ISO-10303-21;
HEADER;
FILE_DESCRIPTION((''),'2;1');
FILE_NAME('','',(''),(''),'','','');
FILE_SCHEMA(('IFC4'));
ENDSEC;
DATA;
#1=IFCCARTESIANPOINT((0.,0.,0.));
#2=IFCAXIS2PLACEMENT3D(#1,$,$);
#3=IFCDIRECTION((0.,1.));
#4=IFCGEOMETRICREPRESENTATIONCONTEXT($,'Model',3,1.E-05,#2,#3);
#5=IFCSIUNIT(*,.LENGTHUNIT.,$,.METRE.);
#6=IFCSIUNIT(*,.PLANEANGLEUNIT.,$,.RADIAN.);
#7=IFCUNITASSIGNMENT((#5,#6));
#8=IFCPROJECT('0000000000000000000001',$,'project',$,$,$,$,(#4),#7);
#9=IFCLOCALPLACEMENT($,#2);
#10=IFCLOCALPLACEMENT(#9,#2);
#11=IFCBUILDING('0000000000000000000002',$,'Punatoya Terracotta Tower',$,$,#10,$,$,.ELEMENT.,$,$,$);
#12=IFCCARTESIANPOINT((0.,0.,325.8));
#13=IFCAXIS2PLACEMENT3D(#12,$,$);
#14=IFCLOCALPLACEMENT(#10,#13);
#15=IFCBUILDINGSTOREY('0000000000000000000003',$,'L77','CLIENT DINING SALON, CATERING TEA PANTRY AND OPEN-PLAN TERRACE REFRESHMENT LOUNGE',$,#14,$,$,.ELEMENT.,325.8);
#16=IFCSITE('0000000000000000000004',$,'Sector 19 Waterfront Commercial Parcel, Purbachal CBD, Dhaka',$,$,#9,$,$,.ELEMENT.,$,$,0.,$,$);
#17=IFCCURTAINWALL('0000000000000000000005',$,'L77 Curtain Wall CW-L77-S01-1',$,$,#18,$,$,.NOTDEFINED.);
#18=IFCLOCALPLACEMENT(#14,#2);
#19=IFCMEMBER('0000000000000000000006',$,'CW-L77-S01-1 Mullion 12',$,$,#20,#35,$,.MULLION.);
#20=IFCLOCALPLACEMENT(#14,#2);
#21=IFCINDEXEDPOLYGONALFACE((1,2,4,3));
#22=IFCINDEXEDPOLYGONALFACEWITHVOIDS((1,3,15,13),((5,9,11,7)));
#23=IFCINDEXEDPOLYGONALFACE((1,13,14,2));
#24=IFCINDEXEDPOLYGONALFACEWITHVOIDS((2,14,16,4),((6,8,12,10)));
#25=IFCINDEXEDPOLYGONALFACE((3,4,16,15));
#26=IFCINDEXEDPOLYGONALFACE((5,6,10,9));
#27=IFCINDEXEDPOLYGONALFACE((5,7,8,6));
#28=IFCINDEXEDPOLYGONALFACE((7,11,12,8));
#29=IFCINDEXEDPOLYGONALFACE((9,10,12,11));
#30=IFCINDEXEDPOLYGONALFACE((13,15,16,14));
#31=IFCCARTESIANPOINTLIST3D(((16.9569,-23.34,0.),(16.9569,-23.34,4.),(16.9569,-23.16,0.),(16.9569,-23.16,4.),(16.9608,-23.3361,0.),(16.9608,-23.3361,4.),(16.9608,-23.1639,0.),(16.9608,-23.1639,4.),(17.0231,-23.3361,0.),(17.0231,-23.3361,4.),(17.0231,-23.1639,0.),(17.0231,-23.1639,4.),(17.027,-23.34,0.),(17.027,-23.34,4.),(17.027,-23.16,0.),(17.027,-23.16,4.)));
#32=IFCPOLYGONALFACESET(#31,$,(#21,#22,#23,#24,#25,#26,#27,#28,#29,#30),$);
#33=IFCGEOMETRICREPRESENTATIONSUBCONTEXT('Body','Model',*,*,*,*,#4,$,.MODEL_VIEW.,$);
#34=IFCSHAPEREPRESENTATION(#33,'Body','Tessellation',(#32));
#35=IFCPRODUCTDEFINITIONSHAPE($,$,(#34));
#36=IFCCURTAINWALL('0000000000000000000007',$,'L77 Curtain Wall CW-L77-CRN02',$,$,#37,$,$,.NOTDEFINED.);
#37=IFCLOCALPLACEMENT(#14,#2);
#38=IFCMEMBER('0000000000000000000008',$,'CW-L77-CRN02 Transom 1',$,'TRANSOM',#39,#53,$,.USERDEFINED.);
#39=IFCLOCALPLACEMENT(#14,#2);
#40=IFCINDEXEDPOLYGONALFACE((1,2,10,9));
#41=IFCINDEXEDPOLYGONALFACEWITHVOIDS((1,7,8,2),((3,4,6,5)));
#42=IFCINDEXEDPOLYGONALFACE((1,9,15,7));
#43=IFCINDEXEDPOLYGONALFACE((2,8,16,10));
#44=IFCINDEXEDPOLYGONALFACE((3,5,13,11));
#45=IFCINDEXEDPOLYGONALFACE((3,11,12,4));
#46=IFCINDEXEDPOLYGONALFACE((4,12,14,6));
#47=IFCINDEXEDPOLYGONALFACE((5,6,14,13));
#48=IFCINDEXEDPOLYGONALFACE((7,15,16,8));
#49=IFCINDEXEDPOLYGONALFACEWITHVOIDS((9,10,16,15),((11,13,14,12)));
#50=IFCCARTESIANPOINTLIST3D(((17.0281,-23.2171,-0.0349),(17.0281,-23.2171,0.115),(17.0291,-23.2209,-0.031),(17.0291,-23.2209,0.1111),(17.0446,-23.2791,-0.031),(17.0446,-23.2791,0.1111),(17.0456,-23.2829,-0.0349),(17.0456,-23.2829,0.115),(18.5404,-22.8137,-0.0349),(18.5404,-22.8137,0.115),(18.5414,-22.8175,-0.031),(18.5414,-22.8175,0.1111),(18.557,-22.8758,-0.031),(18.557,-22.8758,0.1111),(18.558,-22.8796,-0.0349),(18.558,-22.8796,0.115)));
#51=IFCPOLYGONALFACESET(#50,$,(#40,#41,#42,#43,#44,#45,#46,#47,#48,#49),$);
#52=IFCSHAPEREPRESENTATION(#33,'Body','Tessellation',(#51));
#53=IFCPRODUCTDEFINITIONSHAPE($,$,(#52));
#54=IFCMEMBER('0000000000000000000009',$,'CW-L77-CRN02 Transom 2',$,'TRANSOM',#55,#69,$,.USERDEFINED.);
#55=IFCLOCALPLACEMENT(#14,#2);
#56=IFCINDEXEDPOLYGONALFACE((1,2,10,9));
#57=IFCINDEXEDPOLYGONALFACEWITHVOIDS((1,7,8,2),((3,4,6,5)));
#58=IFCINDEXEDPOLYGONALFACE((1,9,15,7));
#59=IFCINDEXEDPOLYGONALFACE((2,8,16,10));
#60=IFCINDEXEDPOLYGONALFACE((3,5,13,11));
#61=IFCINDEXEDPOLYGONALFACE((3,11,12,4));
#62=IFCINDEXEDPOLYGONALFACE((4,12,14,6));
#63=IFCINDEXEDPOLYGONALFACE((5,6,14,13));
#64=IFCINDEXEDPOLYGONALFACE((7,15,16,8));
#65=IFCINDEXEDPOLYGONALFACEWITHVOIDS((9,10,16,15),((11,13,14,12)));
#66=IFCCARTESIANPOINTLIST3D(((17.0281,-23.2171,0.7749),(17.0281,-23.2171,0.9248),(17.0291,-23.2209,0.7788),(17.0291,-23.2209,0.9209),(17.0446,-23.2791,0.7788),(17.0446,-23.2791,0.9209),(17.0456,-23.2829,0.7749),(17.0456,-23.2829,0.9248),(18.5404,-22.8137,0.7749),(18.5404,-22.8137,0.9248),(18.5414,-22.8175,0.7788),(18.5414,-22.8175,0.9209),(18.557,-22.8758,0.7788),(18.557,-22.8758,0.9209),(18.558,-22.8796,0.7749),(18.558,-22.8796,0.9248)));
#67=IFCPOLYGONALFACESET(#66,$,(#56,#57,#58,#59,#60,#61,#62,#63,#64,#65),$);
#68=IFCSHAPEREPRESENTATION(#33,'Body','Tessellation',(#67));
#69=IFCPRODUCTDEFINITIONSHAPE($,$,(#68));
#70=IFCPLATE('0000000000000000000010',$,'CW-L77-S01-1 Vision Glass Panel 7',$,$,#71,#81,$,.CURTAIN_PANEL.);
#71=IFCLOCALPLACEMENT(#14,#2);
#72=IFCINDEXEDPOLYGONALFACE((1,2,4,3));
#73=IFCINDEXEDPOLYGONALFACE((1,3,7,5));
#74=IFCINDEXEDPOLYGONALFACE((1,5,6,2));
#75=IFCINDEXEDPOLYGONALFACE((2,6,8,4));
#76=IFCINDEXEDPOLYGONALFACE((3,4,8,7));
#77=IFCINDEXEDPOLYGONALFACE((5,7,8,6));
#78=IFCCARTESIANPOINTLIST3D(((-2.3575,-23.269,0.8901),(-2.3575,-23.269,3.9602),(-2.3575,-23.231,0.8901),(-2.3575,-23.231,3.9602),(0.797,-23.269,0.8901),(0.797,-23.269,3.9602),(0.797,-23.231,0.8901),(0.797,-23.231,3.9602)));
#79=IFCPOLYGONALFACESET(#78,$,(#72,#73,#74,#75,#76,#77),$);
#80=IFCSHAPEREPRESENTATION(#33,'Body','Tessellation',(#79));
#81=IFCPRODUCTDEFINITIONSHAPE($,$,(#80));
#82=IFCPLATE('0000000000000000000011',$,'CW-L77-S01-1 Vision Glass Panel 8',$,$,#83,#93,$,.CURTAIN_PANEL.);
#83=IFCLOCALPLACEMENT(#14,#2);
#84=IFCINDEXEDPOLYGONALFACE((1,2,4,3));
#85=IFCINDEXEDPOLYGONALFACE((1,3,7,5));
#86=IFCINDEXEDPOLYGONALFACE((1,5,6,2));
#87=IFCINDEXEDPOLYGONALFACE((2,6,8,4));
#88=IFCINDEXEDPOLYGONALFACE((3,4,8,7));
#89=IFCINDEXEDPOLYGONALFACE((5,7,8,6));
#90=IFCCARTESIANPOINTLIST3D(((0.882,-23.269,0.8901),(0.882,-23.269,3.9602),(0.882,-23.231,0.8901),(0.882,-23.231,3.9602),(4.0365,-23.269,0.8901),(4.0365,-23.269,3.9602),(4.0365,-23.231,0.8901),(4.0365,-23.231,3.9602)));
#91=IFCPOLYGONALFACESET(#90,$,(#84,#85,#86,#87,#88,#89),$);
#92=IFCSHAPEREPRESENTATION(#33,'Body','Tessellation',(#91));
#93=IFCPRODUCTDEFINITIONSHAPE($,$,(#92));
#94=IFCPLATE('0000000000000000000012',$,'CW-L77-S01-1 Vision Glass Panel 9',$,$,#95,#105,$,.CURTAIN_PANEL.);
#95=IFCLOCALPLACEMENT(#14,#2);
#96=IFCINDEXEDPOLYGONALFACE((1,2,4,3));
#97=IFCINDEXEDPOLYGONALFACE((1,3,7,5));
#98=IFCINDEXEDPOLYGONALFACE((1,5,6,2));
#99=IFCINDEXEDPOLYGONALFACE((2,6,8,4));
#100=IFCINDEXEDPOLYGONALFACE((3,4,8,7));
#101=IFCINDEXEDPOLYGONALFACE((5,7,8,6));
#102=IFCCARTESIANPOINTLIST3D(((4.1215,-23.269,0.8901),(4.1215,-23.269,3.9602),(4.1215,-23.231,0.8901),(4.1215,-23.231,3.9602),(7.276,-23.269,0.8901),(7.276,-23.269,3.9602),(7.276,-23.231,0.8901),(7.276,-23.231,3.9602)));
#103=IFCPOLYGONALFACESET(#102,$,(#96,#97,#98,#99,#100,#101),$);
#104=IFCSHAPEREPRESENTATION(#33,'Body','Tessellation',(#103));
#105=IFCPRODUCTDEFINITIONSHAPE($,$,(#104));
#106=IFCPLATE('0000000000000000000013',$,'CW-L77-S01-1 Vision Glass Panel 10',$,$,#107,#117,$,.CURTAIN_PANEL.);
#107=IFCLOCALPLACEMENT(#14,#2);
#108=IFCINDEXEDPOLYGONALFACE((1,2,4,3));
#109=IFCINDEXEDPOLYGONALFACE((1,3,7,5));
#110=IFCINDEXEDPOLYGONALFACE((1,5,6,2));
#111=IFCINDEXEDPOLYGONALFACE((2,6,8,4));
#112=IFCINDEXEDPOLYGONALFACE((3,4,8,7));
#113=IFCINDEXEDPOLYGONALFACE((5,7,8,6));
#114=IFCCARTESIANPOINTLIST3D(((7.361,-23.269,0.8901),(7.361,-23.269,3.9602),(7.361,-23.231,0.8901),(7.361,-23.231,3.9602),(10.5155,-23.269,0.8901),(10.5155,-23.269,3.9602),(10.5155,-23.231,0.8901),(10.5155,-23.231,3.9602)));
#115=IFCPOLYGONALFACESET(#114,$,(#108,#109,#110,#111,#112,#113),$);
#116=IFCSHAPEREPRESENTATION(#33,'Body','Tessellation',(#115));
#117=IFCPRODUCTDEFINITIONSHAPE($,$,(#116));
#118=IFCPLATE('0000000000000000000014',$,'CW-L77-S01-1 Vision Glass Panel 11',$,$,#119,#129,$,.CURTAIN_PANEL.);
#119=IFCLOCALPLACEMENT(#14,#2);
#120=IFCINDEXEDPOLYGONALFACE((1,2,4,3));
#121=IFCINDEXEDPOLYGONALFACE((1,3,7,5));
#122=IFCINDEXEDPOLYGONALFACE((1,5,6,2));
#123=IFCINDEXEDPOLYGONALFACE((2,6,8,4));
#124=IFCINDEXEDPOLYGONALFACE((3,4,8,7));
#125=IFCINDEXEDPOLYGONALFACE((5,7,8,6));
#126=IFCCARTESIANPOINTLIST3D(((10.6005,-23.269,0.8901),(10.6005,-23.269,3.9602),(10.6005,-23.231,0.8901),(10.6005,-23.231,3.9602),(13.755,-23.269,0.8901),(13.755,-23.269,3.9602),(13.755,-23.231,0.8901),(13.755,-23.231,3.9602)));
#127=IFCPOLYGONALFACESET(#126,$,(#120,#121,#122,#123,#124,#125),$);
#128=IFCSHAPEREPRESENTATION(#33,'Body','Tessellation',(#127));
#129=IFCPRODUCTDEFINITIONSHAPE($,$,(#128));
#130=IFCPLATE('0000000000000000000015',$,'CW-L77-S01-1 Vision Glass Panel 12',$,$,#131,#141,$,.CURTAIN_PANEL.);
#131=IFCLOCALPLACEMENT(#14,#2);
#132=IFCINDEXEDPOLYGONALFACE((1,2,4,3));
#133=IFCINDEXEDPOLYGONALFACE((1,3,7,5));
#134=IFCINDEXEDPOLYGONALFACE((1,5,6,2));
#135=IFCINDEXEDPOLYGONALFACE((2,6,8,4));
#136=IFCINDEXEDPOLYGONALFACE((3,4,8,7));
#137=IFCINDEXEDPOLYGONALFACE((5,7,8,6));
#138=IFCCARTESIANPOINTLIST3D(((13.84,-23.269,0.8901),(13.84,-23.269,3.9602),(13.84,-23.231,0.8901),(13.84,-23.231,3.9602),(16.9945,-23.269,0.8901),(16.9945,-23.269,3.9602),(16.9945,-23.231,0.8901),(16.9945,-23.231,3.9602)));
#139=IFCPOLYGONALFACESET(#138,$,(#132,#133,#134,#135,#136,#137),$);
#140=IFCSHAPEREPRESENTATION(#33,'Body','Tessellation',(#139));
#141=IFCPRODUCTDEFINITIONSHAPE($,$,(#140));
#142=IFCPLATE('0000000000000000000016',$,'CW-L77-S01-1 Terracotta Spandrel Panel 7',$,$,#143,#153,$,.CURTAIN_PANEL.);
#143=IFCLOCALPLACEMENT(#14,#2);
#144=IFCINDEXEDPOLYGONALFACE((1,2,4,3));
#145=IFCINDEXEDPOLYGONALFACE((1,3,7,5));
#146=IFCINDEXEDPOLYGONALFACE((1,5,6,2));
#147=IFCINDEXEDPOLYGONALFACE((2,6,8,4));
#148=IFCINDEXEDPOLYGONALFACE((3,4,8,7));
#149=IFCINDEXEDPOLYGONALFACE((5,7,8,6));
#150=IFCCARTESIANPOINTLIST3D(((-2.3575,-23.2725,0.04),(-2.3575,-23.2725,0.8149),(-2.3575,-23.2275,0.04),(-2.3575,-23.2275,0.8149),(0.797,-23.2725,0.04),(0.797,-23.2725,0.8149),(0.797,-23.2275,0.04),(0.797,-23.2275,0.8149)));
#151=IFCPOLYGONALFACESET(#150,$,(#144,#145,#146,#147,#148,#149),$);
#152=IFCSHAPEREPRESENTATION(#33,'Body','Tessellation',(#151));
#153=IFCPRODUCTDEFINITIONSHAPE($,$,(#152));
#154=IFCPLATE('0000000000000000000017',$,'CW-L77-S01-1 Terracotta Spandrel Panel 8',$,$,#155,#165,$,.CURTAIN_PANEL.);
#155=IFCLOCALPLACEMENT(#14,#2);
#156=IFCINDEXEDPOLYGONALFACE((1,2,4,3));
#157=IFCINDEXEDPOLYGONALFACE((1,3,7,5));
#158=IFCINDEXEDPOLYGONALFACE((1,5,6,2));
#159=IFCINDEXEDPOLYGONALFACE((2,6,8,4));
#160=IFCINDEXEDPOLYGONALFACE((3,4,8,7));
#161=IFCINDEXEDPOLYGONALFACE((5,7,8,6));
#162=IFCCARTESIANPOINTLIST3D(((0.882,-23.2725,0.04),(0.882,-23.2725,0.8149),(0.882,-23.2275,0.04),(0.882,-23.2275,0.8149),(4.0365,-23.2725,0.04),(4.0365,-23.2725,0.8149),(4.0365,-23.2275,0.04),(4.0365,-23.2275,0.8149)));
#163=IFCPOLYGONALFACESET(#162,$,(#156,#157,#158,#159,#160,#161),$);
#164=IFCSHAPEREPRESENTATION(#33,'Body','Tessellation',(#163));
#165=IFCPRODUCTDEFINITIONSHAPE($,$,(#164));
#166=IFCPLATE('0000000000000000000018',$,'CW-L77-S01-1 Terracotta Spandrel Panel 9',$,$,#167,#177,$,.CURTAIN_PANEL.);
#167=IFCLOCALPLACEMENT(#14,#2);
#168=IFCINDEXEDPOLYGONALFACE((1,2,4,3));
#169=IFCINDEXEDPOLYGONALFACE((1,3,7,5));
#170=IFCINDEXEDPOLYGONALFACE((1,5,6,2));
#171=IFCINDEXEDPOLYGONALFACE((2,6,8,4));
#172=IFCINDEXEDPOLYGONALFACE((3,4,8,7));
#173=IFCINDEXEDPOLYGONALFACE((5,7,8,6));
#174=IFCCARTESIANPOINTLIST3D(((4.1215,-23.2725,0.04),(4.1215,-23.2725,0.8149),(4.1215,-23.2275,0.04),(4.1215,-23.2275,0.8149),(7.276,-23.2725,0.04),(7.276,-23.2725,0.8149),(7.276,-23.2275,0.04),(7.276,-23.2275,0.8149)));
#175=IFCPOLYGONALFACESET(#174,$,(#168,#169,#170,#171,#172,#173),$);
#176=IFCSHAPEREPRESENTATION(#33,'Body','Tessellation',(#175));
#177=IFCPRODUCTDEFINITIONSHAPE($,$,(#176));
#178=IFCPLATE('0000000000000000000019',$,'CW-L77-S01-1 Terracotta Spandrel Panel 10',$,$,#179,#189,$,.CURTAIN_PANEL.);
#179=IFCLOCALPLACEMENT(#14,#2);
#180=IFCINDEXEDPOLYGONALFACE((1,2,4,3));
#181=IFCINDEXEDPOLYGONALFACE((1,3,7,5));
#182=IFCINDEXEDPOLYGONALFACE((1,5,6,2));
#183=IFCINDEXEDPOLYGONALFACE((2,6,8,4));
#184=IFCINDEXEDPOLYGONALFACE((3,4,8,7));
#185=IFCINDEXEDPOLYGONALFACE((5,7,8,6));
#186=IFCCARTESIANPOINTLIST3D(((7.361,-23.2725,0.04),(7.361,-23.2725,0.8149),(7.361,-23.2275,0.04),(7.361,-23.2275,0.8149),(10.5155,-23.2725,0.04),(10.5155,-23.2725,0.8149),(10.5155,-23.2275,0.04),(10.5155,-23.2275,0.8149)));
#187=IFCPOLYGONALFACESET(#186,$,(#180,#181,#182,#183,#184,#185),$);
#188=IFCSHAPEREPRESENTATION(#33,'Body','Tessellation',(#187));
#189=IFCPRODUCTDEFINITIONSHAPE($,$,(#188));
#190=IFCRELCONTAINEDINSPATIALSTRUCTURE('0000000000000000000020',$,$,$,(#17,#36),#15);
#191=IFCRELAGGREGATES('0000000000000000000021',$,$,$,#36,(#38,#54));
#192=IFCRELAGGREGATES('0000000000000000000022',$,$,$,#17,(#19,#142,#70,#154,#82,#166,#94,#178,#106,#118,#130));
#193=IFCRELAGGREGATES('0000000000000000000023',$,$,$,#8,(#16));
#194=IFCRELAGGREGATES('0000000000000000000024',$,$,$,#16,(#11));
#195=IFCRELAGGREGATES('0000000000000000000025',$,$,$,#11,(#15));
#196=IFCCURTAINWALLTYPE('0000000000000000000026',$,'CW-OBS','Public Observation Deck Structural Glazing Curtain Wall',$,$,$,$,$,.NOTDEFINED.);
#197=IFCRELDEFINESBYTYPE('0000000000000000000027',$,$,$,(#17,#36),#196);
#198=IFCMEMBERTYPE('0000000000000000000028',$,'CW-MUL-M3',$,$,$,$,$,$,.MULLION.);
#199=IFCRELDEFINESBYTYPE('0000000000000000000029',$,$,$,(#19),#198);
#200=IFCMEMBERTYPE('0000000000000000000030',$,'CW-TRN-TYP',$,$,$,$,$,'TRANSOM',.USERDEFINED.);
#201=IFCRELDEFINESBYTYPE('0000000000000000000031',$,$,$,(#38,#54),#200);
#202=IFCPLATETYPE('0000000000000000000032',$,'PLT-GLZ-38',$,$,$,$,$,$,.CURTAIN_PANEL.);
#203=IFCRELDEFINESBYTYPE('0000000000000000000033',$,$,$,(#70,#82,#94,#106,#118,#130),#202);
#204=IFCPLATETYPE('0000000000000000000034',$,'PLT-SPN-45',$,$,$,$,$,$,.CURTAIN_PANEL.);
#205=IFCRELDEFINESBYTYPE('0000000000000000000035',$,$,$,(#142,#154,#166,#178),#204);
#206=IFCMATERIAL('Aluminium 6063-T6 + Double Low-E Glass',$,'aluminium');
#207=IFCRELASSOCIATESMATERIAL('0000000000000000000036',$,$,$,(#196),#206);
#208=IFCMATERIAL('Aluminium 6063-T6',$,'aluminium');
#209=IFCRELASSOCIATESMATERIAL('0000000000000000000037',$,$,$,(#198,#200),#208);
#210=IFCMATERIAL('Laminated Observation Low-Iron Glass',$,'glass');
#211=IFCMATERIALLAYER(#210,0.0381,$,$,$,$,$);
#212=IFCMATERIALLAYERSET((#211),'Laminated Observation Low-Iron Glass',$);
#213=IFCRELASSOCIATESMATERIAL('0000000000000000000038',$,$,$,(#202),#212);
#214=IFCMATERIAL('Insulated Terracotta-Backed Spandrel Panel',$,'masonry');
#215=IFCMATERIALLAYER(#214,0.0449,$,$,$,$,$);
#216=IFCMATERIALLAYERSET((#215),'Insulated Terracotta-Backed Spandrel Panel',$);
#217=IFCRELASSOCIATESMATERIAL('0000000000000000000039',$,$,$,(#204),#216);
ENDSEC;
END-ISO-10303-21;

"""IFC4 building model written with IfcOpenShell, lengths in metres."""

from ifc_helpers import new_model, si_unit, direction, frame, origin, origin_2d, place, context, subcontext, project, spatial, rectangle, hollow_rectangle, extrude, material, layer, layer_set, material_profile, profile_set, type_object, element, aggregate, save


model = new_model("IFC4")

# Units and contexts
model_context = context("Model", 3, precision=1e-05, world=origin(), true_north=direction((0.0, 1.0)))
body_context = subcontext(model_context, "Body", "Model", "MODEL_VIEW")
ifc_project = project(units=[si_unit("LENGTHUNIT", "METRE"), si_unit("PLANEANGLEUNIT", "RADIAN")], contexts=[model_context])

# Site, building, storey
site_placement = place(None, origin())
site = spatial("IfcSite", under=ifc_project, at=site_placement, Name="Sector 19 Waterfront Commercial Parcel, Purbachal CBD, Dhaka", CompositionType="ELEMENT", RefElevation=0.0)
building_placement = place(site_placement, origin())
building = spatial("IfcBuilding", under=site, at=building_placement, Name="Punatoya Terracotta Tower", CompositionType="ELEMENT")
storey_placement = place(building_placement, frame((0.0, 0.0, 325.8)))
storey = spatial("IfcBuildingStorey", under=building, at=storey_placement, Name="L77", Description="CLIENT DINING SALON, CATERING TEA PANTRY AND OPEN-PLAN TERRACE REFRESHMENT LOUNGE", CompositionType="ELEMENT", Elevation=325.8)

# Curtain walls, members
ifc_material_1 = material(Name="Aluminium 6063-T6 + Double Low-E Glass", Category="aluminium")
curtain_wall_type = type_object("IfcCurtainWallType", Name="CW-OBS", Description="Public Observation Deck Structural Glazing Curtain Wall", PredefinedType="NOTDEFINED", material=ifc_material_1)
curtain_wall_1_placement = place(storey_placement, origin())
curtain_wall_1 = element("IfcCurtainWall", 1, at=curtain_wall_1_placement, inside=storey, type_object=curtain_wall_type, Name="L77 Curtain Wall CW-L77-S01-1", PredefinedType="NOTDEFINED")
ifc_material_2 = material(Name="Aluminium 6063-T6", Category="aluminium")
ifc_material_profile_1 = material_profile(ifc_material_2, hollow_rectangle(XDim=0.0701, YDim=0.1799, WallThickness=0.0039, at=origin_2d()))
ifc_profile_set_1 = profile_set([ifc_material_profile_1], Name="Aluminium 6063-T6")
member_type_1 = type_object("IfcMemberType", Name="CW-MUL-M3", PredefinedType="MULLION", material=ifc_profile_set_1)
member_1_placement = place(storey_placement, frame((16.9919, -23.25, 0.0), z_axis=(0.0, 0.0, 1.0), x_axis=(1.0, 0.0, 0.0)))
member_1 = element("IfcMember", 2, at=member_1_placement, type_object=member_type_1, Name="CW-L77-S01-1 Mullion 12", PredefinedType="MULLION", context=body_context, shape_type="SweptSolid", body=[
    extrude(hollow_rectangle(XDim=0.0701, YDim=0.1799, WallThickness=0.0039, at=origin_2d()), origin(), (0.0, 0.0, 1.0), 4.0),
])
curtain_wall_2_placement = place(storey_placement, origin())
curtain_wall_2 = element("IfcCurtainWall", 3, at=curtain_wall_2_placement, inside=storey, type_object=curtain_wall_type, Name="L77 Curtain Wall CW-L77-CRN02", PredefinedType="NOTDEFINED")
ifc_material_profile_2 = material_profile(ifc_material_2, hollow_rectangle(XDim=0.0681, YDim=0.1499, WallThickness=0.0039, at=origin_2d()))
ifc_profile_set_2 = profile_set([ifc_material_profile_2], Name="Aluminium 6063-T6")
member_type_2 = type_object("IfcMemberType", Name="CW-TRN-TYP", ElementType="TRANSOM", PredefinedType="USERDEFINED", material=ifc_profile_set_2)
member_2_placement = place(storey_placement, frame((17.0369, -23.25, 0.04), z_axis=(0.966225, 0.257701, 0.0), x_axis=(-0.257701, 0.966225, 0.0)))
member_2 = element("IfcMember", 4, at=member_2_placement, type_object=member_type_2, Name="CW-L77-CRN02 Transom 1", ObjectType="TRANSOM", PredefinedType="USERDEFINED", context=body_context, shape_type="SweptSolid", body=[
    extrude(hollow_rectangle(XDim=0.0681, YDim=0.1499, WallThickness=0.0039, at=origin_2d()), origin(), (0.0, 0.0, 1.0), 1.5652),
])
member_3_placement = place(storey_placement, frame((17.0369, -23.25, 0.8499), z_axis=(0.966225, 0.257701, 0.0), x_axis=(-0.257701, 0.966225, 0.0)))
member_3 = element("IfcMember", 5, at=member_3_placement, type_object=member_type_2, Name="CW-L77-CRN02 Transom 2", ObjectType="TRANSOM", PredefinedType="USERDEFINED", context=body_context, shape_type="SweptSolid", body=[
    extrude(hollow_rectangle(XDim=0.0681, YDim=0.1499, WallThickness=0.0039, at=origin_2d()), origin(), (0.0, 0.0, 1.0), 1.5652),
])
aggregate(curtain_wall_2, [member_2, member_3])

# Plates
ifc_material_3 = material(Name="Laminated Observation Low-Iron Glass", Category="glass")
ifc_layer_1 = layer(ifc_material_3, 0.0381)
ifc_layer_set_1 = layer_set([ifc_layer_1], Name="Laminated Observation Low-Iron Glass")
plate_type_1 = type_object("IfcPlateType", Name="PLT-GLZ-38", PredefinedType="CURTAIN_PANEL", material=ifc_layer_set_1)
plate_1_placement = place(storey_placement, frame((-0.7803, -23.25, 0.8901), z_axis=(0.0, 0.0, 1.0), x_axis=(1.0, 0.0, 0.0)))
plate_1 = element("IfcPlate", 6, at=plate_1_placement, type_object=plate_type_1, Name="CW-L77-S01-1 Vision Glass Panel 7", PredefinedType="CURTAIN_PANEL", context=body_context, shape_type="SweptSolid", body=[
    extrude(rectangle(XDim=3.1545, YDim=0.0381, at=origin_2d()), origin(), (0.0, 0.0, 1.0), 3.0701),
])
plate_2_placement = place(storey_placement, frame((2.4592, -23.25, 0.8901), z_axis=(0.0, 0.0, 1.0), x_axis=(1.0, 0.0, 0.0)))
plate_2 = element("IfcPlate", 7, at=plate_2_placement, type_object=plate_type_1, Name="CW-L77-S01-1 Vision Glass Panel 8", PredefinedType="CURTAIN_PANEL", context=body_context, shape_type="SweptSolid", body=[
    extrude(rectangle(XDim=3.1545, YDim=0.0381, at=origin_2d()), origin(), (0.0, 0.0, 1.0), 3.0701),
])
plate_3_placement = place(storey_placement, frame((5.6987, -23.25, 0.8901), z_axis=(0.0, 0.0, 1.0), x_axis=(1.0, 0.0, 0.0)))
plate_3 = element("IfcPlate", 8, at=plate_3_placement, type_object=plate_type_1, Name="CW-L77-S01-1 Vision Glass Panel 9", PredefinedType="CURTAIN_PANEL", context=body_context, shape_type="SweptSolid", body=[
    extrude(rectangle(XDim=3.1545, YDim=0.0381, at=origin_2d()), origin(), (0.0, 0.0, 1.0), 3.0701),
])
plate_4_placement = place(storey_placement, frame((8.9382, -23.25, 0.8901), z_axis=(0.0, 0.0, 1.0), x_axis=(1.0, 0.0, 0.0)))
plate_4 = element("IfcPlate", 9, at=plate_4_placement, type_object=plate_type_1, Name="CW-L77-S01-1 Vision Glass Panel 10", PredefinedType="CURTAIN_PANEL", context=body_context, shape_type="SweptSolid", body=[
    extrude(rectangle(XDim=3.1545, YDim=0.0381, at=origin_2d()), origin(), (0.0, 0.0, 1.0), 3.0701),
])
plate_5_placement = place(storey_placement, frame((12.1777, -23.25, 0.8901), z_axis=(0.0, 0.0, 1.0), x_axis=(1.0, 0.0, 0.0)))
plate_5 = element("IfcPlate", 10, at=plate_5_placement, type_object=plate_type_1, Name="CW-L77-S01-1 Vision Glass Panel 11", PredefinedType="CURTAIN_PANEL", context=body_context, shape_type="SweptSolid", body=[
    extrude(rectangle(XDim=3.1545, YDim=0.0381, at=origin_2d()), origin(), (0.0, 0.0, 1.0), 3.0701),
])
plate_6_placement = place(storey_placement, frame((15.4172, -23.25, 0.8901), z_axis=(0.0, 0.0, 1.0), x_axis=(1.0, 0.0, 0.0)))
plate_6 = element("IfcPlate", 11, at=plate_6_placement, type_object=plate_type_1, Name="CW-L77-S01-1 Vision Glass Panel 12", PredefinedType="CURTAIN_PANEL", context=body_context, shape_type="SweptSolid", body=[
    extrude(rectangle(XDim=3.1545, YDim=0.0381, at=origin_2d()), origin(), (0.0, 0.0, 1.0), 3.0701),
])
ifc_material_4 = material(Name="Insulated Terracotta-Backed Spandrel Panel", Category="masonry")
ifc_layer_2 = layer(ifc_material_4, 0.0449)
ifc_layer_set_2 = layer_set([ifc_layer_2], Name="Insulated Terracotta-Backed Spandrel Panel")
plate_type_2 = type_object("IfcPlateType", Name="PLT-SPN-45", PredefinedType="CURTAIN_PANEL", material=ifc_layer_set_2)
plate_7_placement = place(storey_placement, frame((-0.7803, -23.25, 0.04), z_axis=(0.0, 0.0, 1.0), x_axis=(1.0, 0.0, 0.0)))
plate_7 = element("IfcPlate", 12, at=plate_7_placement, type_object=plate_type_2, Name="CW-L77-S01-1 Terracotta Spandrel Panel 7", PredefinedType="CURTAIN_PANEL", context=body_context, shape_type="SweptSolid", body=[
    extrude(rectangle(XDim=3.1545, YDim=0.0449, at=origin_2d()), origin(), (0.0, 0.0, 1.0), 0.7749),
])
plate_8_placement = place(storey_placement, frame((2.4592, -23.25, 0.04), z_axis=(0.0, 0.0, 1.0), x_axis=(1.0, 0.0, 0.0)))
plate_8 = element("IfcPlate", 13, at=plate_8_placement, type_object=plate_type_2, Name="CW-L77-S01-1 Terracotta Spandrel Panel 8", PredefinedType="CURTAIN_PANEL", context=body_context, shape_type="SweptSolid", body=[
    extrude(rectangle(XDim=3.1545, YDim=0.0449, at=origin_2d()), origin(), (0.0, 0.0, 1.0), 0.7749),
])
plate_9_placement = place(storey_placement, frame((5.6987, -23.25, 0.04), z_axis=(0.0, 0.0, 1.0), x_axis=(1.0, 0.0, 0.0)))
plate_9 = element("IfcPlate", 14, at=plate_9_placement, type_object=plate_type_2, Name="CW-L77-S01-1 Terracotta Spandrel Panel 9", PredefinedType="CURTAIN_PANEL", context=body_context, shape_type="SweptSolid", body=[
    extrude(rectangle(XDim=3.1545, YDim=0.0449, at=origin_2d()), origin(), (0.0, 0.0, 1.0), 0.7749),
])
plate_10_placement = place(storey_placement, frame((8.9382, -23.25, 0.04), z_axis=(0.0, 0.0, 1.0), x_axis=(1.0, 0.0, 0.0)))
plate_10 = element("IfcPlate", 15, at=plate_10_placement, type_object=plate_type_2, Name="CW-L77-S01-1 Terracotta Spandrel Panel 10", PredefinedType="CURTAIN_PANEL", context=body_context, shape_type="SweptSolid", body=[
    extrude(rectangle(XDim=3.1545, YDim=0.0449, at=origin_2d()), origin(), (0.0, 0.0, 1.0), 0.7749),
])
aggregate(curtain_wall_1, [member_1, plate_7, plate_1, plate_8, plate_2, plate_9, plate_3, plate_10, plate_4, plate_5, plate_6])

save(model, "model.ifc")
